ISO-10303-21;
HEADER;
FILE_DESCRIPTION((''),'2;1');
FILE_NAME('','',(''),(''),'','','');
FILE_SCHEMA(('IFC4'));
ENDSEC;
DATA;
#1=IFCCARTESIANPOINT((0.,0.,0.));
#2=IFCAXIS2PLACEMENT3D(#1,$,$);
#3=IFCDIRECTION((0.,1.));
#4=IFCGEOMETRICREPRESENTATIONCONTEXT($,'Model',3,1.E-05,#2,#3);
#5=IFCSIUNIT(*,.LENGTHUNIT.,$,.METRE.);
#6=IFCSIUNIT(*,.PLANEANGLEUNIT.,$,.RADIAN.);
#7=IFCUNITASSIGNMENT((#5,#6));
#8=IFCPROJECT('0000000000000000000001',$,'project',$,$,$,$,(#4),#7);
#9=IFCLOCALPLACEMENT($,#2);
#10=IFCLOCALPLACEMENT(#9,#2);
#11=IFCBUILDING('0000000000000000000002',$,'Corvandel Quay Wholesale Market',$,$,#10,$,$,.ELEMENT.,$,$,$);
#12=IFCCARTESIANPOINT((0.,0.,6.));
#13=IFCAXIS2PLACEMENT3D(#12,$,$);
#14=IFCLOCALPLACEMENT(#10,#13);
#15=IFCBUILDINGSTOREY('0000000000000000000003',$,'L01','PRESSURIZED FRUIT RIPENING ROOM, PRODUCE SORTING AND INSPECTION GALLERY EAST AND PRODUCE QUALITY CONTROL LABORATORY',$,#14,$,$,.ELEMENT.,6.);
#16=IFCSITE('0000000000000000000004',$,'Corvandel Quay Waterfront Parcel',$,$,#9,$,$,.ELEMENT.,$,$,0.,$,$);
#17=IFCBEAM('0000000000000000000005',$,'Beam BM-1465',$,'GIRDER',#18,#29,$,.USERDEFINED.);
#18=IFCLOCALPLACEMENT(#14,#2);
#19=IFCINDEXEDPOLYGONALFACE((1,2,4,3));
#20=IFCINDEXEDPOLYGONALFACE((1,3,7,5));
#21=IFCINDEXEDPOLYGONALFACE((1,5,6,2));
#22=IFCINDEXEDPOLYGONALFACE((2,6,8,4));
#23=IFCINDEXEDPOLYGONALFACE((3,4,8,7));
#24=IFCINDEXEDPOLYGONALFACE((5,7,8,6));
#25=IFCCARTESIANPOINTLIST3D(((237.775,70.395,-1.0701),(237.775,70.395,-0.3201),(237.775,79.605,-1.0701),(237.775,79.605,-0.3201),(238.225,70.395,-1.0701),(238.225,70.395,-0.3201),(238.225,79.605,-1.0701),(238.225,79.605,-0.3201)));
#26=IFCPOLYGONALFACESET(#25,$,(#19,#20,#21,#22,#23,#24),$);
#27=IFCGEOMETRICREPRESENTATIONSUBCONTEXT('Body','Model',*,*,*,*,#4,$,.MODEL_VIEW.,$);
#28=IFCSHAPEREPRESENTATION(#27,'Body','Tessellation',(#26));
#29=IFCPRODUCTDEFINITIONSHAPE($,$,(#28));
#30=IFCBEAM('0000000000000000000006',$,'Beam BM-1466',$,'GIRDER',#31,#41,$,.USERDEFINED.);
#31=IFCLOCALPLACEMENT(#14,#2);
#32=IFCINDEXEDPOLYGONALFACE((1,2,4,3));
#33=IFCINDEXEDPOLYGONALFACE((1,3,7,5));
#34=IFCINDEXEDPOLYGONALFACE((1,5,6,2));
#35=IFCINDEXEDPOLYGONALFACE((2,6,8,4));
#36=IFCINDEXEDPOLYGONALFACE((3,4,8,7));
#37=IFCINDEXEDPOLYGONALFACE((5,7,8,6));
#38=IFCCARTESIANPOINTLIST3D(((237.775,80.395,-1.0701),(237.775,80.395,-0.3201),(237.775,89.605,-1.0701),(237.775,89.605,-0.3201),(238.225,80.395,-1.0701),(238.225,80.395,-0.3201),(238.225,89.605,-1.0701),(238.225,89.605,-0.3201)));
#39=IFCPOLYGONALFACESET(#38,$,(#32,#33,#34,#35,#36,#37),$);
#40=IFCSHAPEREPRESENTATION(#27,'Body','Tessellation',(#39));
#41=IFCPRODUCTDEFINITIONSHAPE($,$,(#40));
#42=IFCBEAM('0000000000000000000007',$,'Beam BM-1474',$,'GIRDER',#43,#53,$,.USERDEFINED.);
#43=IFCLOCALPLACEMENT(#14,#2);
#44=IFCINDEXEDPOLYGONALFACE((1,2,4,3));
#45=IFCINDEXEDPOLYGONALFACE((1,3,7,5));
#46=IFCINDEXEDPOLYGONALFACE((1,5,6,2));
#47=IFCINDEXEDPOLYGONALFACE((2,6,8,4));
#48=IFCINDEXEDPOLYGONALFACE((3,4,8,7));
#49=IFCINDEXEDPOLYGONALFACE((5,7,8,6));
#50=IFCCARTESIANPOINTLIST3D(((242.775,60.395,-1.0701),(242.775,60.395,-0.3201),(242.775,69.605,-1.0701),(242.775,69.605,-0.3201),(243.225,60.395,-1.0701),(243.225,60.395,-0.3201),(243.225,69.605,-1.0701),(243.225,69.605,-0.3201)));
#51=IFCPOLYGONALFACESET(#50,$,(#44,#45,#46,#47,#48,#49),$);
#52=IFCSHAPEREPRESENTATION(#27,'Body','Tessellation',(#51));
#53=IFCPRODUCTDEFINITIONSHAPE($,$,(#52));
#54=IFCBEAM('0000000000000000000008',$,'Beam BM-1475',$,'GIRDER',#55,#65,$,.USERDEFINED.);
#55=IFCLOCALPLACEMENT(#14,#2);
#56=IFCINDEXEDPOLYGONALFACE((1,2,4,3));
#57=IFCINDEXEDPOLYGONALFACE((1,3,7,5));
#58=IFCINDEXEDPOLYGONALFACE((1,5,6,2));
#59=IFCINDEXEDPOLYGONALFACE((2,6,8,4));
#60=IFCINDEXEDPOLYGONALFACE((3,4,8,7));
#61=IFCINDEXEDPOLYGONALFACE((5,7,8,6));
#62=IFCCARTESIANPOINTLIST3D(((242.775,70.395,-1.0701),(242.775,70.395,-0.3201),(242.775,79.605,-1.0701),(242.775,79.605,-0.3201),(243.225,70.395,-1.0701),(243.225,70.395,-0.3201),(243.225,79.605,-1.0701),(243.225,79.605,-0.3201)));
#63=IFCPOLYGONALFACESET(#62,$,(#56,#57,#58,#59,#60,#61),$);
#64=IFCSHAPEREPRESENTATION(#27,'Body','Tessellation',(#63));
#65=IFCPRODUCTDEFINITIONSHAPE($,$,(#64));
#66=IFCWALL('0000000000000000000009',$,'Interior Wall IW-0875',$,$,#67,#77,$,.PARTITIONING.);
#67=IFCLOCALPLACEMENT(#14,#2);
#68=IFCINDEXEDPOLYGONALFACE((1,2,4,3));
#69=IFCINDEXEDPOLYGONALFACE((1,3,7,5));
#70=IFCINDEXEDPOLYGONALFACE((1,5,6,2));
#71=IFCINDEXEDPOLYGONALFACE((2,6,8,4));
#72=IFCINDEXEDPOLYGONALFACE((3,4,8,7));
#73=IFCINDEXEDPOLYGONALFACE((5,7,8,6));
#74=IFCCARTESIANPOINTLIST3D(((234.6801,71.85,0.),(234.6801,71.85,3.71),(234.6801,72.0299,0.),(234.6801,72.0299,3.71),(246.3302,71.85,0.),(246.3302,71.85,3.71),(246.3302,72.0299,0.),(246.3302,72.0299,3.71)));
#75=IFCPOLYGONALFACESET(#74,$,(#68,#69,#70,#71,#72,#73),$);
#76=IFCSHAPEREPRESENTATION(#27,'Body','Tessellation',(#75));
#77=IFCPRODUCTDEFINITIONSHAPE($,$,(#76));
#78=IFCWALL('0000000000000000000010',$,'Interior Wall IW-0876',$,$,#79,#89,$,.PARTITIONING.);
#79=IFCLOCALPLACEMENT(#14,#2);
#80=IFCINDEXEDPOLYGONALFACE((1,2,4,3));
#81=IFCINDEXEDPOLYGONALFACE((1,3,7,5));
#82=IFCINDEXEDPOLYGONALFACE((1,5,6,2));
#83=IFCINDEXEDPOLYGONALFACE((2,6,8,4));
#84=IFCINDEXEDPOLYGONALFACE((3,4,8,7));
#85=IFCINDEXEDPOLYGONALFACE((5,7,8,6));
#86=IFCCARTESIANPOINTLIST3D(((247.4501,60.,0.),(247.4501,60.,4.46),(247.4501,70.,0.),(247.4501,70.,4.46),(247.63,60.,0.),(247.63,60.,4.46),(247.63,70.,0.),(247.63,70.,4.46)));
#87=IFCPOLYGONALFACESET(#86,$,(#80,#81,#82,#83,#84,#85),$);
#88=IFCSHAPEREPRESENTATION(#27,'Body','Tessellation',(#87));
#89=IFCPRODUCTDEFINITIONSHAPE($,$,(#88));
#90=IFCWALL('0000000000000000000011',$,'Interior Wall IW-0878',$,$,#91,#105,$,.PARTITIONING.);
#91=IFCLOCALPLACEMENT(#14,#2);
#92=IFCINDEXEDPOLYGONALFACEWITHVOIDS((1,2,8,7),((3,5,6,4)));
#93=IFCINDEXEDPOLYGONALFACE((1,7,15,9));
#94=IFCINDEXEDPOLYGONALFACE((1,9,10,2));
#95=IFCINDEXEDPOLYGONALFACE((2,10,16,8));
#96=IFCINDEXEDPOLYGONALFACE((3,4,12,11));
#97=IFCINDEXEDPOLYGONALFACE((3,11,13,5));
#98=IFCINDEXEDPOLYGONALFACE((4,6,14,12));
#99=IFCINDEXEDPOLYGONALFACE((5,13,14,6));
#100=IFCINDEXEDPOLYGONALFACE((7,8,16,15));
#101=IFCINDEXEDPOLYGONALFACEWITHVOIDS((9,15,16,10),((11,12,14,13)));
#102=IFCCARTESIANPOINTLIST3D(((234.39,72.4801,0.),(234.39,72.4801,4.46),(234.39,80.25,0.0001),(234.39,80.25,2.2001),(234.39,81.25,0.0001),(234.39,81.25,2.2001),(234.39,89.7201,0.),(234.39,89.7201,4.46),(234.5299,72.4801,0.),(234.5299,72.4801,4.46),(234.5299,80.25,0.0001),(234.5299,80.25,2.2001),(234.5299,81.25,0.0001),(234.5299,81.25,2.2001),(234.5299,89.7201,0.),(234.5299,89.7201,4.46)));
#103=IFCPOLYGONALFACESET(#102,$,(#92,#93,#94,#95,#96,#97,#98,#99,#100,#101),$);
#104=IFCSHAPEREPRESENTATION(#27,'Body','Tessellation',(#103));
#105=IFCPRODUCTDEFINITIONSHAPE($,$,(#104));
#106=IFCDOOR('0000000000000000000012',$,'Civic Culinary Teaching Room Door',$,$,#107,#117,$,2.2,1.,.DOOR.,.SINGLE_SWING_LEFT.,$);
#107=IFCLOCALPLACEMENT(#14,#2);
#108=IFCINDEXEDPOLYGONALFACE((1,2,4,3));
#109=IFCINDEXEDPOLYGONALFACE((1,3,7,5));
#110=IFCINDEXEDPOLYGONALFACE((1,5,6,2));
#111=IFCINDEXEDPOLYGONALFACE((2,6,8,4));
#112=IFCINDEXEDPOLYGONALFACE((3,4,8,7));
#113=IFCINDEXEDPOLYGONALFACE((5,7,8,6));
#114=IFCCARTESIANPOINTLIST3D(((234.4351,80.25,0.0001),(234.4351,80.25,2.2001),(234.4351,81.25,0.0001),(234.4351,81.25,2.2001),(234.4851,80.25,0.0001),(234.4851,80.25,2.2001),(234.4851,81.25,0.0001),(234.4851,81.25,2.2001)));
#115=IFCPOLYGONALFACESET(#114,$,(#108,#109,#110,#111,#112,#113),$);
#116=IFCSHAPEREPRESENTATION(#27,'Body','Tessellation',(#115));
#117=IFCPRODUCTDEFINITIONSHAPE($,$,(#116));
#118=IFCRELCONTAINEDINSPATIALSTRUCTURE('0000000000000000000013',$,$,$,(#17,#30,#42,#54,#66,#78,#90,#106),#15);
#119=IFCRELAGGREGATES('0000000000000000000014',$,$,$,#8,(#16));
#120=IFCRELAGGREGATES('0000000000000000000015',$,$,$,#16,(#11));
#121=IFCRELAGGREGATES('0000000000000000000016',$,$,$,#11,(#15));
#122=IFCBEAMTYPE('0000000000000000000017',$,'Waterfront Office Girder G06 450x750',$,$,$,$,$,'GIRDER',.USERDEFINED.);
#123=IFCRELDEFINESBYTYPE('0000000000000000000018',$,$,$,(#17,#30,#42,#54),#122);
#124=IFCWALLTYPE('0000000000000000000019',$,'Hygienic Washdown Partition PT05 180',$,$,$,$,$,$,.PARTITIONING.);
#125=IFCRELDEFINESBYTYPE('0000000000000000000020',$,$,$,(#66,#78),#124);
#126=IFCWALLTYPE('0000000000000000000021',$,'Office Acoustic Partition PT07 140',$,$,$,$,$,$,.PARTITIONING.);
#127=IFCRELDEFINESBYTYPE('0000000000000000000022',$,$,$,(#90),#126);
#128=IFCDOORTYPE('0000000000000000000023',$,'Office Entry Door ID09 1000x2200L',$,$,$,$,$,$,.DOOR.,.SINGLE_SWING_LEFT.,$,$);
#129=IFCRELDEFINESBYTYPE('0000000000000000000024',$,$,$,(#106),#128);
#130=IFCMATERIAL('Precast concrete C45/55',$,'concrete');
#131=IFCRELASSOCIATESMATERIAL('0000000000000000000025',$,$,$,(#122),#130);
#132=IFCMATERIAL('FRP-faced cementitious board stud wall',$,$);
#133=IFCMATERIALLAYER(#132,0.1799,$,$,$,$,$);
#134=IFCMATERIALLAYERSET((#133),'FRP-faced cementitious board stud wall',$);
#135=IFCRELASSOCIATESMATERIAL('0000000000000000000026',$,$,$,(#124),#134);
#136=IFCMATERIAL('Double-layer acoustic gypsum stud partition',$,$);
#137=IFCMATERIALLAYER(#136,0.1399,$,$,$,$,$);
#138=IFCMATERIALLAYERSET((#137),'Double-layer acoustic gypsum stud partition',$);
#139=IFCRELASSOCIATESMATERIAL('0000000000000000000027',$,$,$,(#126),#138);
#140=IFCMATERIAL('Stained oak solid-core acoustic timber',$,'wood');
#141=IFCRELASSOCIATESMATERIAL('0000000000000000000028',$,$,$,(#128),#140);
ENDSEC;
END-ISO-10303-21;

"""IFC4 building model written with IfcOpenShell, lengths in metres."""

from ifc_helpers import new_model, si_unit, direction, frame, frame_2d, origin, origin_2d, place, context, subcontext, project, spatial, rectangle, extrude, material, layer, layer_set, material_profile, profile_set, type_object, element, fill, save


model = new_model("IFC4")

# Units and contexts
model_context = context("Model", 3, precision=1e-05, world=origin(), true_north=direction((0.0, 1.0)))
body_context = subcontext(model_context, "Body", "Model", "MODEL_VIEW")
ifc_project = project(units=[si_unit("LENGTHUNIT", "METRE"), si_unit("PLANEANGLEUNIT", "RADIAN")], contexts=[model_context])

# Site, building, storey
site_placement = place(None, origin())
site = spatial("IfcSite", under=ifc_project, at=site_placement, Name="Corvandel Quay Waterfront Parcel", CompositionType="ELEMENT", RefElevation=0.0)
building_placement = place(site_placement, origin())
building = spatial("IfcBuilding", under=site, at=building_placement, Name="Corvandel Quay Wholesale Market", CompositionType="ELEMENT")
storey_placement = place(building_placement, frame((0.0, 0.0, 6.0)))
storey = spatial("IfcBuildingStorey", under=building, at=storey_placement, Name="L01", Description="PRESSURIZED FRUIT RIPENING ROOM, PRODUCE SORTING AND INSPECTION GALLERY EAST AND PRODUCE QUALITY CONTROL LABORATORY", CompositionType="ELEMENT", Elevation=6.0)

# Shared definitions
ifc_material_1 = material(Name="Precast concrete C45/55", Category="concrete")

# Beams
ifc_material_profile_1 = material_profile(ifc_material_1, rectangle(XDim=0.45, YDim=0.75, at=origin_2d()), Name="PC-GIR-450x750")
ifc_profile_set_1 = profile_set([ifc_material_profile_1], Name="Precast concrete C45/55")
beam_type_1 = type_object("IfcBeamType", Name="Waterfront Office Girder G06 450x750", ElementType="GIRDER", PredefinedType="USERDEFINED", material=ifc_profile_set_1)
for number, where, z_axis, x_axis, name in (
    (1, (238.0, 70.395, -0.6951), (0.0, 1.0, 0.0), (-1.0, 0.0, 0.0), "Beam BM-1465"),
    (2, (238.0, 80.395, -0.6951), (0.0, 1.0, 0.0), (-1.0, 0.0, 0.0), "Beam BM-1466"),
    (3, (243.0, 60.395, -0.6951), (0.0, 1.0, 0.0), (-1.0, 0.0, 0.0), "Beam BM-1474"),
    (4, (243.0, 70.395, -0.6951), (0.0, 1.0, 0.0), (-1.0, 0.0, 0.0), "Beam BM-1475"),
):
    element("IfcBeam", number, at=place(storey_placement, frame(where, z_axis=z_axis, x_axis=x_axis)), inside=storey, type_object=beam_type_1, Name=name, ObjectType="GIRDER", PredefinedType="USERDEFINED", context=body_context, shape_type="SweptSolid", body=[
        extrude(rectangle(XDim=0.45, YDim=0.75, at=origin_2d()), origin(), (0.0, 0.0, 1.0), 9.21),
    ])

# Walls
ifc_material_2 = material(Name="FRP-faced cementitious board stud wall")
ifc_layer_1 = layer(ifc_material_2, 0.1799)
ifc_layer_set_1 = layer_set([ifc_layer_1], Name="FRP-faced cementitious board stud wall")
wall_type_1 = type_object("IfcWallType", Name="Hygienic Washdown Partition PT05 180", PredefinedType="PARTITIONING", material=ifc_layer_set_1)
wall_1_placement = place(storey_placement, frame((234.6799, 71.9399, 0.0), z_axis=(0.0, 0.0, 1.0), x_axis=(1.0, 0.0, 0.0)))
element("IfcWall", 5, at=wall_1_placement, inside=storey, type_object=wall_type_1, Name="Interior Wall IW-0875", PredefinedType="PARTITIONING", context=body_context, shape_type="SweptSolid", body=[
    extrude(rectangle(XDim=11.6501, YDim=0.1799, at=frame_2d((5.8252, 0.0))), origin(), (0.0, 0.0, 1.0), 3.71),
])
wall_2_placement = place(storey_placement, frame((247.54, 70.0, 0.0), z_axis=(0.0, 0.0, 1.0), x_axis=(0.0, -1.0, 0.0)))
element("IfcWall", 6, at=wall_2_placement, inside=storey, type_object=wall_type_1, Name="Interior Wall IW-0876", PredefinedType="PARTITIONING", context=body_context, shape_type="SweptSolid", body=[
    extrude(rectangle(XDim=10.0, YDim=0.1799, at=frame_2d((5.0, 0.0))), origin(), (0.0, 0.0, 1.0), 4.46),
])

# Wall, opening, door
ifc_material_3 = material(Name="Double-layer acoustic gypsum stud partition")
ifc_layer_2 = layer(ifc_material_3, 0.1399)
ifc_layer_set_2 = layer_set([ifc_layer_2], Name="Double-layer acoustic gypsum stud partition")
wall_type_2 = type_object("IfcWallType", Name="Office Acoustic Partition PT07 140", PredefinedType="PARTITIONING", material=ifc_layer_set_2)
wall_3_placement = place(storey_placement, frame((234.46, 72.48, 0.0), z_axis=(0.0, 0.0, 1.0), x_axis=(0.0, 1.0, 0.0)))
wall_3 = element("IfcWall", 7, at=wall_3_placement, inside=storey, type_object=wall_type_2, Name="Interior Wall IW-0878", PredefinedType="PARTITIONING", context=body_context, shape_type="SweptSolid", body=[
    extrude(rectangle(XDim=17.24, YDim=0.1399, at=frame_2d((8.6201, 0.0))), origin(), (0.0, 0.0, 1.0), 4.46),
])
opening_placement = place(wall_3_placement, frame((7.77, 0.0, 0.0)))
opening = element("IfcOpeningElement", 8, at=opening_placement, cuts=wall_3, PredefinedType="OPENING", context=body_context, shape_type="SweptSolid", body=[
    extrude(rectangle(XDim=1.0, YDim=2.2, at=frame_2d((0.5, 1.1001))), frame((0.0, 0.0798, 0.0), z_axis=(0.0, -1.0, 0.0), x_axis=(1.0, 0.0, 0.0)), (0.0, 0.0, 1.0), 0.1599),
])
ifc_material_4 = material(Name="Stained oak solid-core acoustic timber", Category="wood")
door_type = type_object("IfcDoorType", Name="Office Entry Door ID09 1000x2200L", OperationType="SINGLE_SWING_LEFT", PredefinedType="DOOR", material=ifc_material_4)
door_placement = place(opening_placement, origin())
door = element("IfcDoor", 9, at=door_placement, inside=storey, type_object=door_type, Name="Civic Culinary Teaching Room Door", OperationType="SINGLE_SWING_LEFT", OverallHeight=2.2, OverallWidth=1.0, PredefinedType="DOOR", context=body_context, shape_type="SweptSolid", body=[
    extrude(rectangle(XDim=1.0, YDim=2.2, at=frame_2d((0.5, 1.1001))), frame((0.0, 0.0249, 0.0), z_axis=(0.0, -1.0, 0.0), x_axis=(1.0, 0.0, 0.0)), (0.0, 0.0, 1.0), 0.05),
])
fill(opening, door)

save(model, "model.ifc")
